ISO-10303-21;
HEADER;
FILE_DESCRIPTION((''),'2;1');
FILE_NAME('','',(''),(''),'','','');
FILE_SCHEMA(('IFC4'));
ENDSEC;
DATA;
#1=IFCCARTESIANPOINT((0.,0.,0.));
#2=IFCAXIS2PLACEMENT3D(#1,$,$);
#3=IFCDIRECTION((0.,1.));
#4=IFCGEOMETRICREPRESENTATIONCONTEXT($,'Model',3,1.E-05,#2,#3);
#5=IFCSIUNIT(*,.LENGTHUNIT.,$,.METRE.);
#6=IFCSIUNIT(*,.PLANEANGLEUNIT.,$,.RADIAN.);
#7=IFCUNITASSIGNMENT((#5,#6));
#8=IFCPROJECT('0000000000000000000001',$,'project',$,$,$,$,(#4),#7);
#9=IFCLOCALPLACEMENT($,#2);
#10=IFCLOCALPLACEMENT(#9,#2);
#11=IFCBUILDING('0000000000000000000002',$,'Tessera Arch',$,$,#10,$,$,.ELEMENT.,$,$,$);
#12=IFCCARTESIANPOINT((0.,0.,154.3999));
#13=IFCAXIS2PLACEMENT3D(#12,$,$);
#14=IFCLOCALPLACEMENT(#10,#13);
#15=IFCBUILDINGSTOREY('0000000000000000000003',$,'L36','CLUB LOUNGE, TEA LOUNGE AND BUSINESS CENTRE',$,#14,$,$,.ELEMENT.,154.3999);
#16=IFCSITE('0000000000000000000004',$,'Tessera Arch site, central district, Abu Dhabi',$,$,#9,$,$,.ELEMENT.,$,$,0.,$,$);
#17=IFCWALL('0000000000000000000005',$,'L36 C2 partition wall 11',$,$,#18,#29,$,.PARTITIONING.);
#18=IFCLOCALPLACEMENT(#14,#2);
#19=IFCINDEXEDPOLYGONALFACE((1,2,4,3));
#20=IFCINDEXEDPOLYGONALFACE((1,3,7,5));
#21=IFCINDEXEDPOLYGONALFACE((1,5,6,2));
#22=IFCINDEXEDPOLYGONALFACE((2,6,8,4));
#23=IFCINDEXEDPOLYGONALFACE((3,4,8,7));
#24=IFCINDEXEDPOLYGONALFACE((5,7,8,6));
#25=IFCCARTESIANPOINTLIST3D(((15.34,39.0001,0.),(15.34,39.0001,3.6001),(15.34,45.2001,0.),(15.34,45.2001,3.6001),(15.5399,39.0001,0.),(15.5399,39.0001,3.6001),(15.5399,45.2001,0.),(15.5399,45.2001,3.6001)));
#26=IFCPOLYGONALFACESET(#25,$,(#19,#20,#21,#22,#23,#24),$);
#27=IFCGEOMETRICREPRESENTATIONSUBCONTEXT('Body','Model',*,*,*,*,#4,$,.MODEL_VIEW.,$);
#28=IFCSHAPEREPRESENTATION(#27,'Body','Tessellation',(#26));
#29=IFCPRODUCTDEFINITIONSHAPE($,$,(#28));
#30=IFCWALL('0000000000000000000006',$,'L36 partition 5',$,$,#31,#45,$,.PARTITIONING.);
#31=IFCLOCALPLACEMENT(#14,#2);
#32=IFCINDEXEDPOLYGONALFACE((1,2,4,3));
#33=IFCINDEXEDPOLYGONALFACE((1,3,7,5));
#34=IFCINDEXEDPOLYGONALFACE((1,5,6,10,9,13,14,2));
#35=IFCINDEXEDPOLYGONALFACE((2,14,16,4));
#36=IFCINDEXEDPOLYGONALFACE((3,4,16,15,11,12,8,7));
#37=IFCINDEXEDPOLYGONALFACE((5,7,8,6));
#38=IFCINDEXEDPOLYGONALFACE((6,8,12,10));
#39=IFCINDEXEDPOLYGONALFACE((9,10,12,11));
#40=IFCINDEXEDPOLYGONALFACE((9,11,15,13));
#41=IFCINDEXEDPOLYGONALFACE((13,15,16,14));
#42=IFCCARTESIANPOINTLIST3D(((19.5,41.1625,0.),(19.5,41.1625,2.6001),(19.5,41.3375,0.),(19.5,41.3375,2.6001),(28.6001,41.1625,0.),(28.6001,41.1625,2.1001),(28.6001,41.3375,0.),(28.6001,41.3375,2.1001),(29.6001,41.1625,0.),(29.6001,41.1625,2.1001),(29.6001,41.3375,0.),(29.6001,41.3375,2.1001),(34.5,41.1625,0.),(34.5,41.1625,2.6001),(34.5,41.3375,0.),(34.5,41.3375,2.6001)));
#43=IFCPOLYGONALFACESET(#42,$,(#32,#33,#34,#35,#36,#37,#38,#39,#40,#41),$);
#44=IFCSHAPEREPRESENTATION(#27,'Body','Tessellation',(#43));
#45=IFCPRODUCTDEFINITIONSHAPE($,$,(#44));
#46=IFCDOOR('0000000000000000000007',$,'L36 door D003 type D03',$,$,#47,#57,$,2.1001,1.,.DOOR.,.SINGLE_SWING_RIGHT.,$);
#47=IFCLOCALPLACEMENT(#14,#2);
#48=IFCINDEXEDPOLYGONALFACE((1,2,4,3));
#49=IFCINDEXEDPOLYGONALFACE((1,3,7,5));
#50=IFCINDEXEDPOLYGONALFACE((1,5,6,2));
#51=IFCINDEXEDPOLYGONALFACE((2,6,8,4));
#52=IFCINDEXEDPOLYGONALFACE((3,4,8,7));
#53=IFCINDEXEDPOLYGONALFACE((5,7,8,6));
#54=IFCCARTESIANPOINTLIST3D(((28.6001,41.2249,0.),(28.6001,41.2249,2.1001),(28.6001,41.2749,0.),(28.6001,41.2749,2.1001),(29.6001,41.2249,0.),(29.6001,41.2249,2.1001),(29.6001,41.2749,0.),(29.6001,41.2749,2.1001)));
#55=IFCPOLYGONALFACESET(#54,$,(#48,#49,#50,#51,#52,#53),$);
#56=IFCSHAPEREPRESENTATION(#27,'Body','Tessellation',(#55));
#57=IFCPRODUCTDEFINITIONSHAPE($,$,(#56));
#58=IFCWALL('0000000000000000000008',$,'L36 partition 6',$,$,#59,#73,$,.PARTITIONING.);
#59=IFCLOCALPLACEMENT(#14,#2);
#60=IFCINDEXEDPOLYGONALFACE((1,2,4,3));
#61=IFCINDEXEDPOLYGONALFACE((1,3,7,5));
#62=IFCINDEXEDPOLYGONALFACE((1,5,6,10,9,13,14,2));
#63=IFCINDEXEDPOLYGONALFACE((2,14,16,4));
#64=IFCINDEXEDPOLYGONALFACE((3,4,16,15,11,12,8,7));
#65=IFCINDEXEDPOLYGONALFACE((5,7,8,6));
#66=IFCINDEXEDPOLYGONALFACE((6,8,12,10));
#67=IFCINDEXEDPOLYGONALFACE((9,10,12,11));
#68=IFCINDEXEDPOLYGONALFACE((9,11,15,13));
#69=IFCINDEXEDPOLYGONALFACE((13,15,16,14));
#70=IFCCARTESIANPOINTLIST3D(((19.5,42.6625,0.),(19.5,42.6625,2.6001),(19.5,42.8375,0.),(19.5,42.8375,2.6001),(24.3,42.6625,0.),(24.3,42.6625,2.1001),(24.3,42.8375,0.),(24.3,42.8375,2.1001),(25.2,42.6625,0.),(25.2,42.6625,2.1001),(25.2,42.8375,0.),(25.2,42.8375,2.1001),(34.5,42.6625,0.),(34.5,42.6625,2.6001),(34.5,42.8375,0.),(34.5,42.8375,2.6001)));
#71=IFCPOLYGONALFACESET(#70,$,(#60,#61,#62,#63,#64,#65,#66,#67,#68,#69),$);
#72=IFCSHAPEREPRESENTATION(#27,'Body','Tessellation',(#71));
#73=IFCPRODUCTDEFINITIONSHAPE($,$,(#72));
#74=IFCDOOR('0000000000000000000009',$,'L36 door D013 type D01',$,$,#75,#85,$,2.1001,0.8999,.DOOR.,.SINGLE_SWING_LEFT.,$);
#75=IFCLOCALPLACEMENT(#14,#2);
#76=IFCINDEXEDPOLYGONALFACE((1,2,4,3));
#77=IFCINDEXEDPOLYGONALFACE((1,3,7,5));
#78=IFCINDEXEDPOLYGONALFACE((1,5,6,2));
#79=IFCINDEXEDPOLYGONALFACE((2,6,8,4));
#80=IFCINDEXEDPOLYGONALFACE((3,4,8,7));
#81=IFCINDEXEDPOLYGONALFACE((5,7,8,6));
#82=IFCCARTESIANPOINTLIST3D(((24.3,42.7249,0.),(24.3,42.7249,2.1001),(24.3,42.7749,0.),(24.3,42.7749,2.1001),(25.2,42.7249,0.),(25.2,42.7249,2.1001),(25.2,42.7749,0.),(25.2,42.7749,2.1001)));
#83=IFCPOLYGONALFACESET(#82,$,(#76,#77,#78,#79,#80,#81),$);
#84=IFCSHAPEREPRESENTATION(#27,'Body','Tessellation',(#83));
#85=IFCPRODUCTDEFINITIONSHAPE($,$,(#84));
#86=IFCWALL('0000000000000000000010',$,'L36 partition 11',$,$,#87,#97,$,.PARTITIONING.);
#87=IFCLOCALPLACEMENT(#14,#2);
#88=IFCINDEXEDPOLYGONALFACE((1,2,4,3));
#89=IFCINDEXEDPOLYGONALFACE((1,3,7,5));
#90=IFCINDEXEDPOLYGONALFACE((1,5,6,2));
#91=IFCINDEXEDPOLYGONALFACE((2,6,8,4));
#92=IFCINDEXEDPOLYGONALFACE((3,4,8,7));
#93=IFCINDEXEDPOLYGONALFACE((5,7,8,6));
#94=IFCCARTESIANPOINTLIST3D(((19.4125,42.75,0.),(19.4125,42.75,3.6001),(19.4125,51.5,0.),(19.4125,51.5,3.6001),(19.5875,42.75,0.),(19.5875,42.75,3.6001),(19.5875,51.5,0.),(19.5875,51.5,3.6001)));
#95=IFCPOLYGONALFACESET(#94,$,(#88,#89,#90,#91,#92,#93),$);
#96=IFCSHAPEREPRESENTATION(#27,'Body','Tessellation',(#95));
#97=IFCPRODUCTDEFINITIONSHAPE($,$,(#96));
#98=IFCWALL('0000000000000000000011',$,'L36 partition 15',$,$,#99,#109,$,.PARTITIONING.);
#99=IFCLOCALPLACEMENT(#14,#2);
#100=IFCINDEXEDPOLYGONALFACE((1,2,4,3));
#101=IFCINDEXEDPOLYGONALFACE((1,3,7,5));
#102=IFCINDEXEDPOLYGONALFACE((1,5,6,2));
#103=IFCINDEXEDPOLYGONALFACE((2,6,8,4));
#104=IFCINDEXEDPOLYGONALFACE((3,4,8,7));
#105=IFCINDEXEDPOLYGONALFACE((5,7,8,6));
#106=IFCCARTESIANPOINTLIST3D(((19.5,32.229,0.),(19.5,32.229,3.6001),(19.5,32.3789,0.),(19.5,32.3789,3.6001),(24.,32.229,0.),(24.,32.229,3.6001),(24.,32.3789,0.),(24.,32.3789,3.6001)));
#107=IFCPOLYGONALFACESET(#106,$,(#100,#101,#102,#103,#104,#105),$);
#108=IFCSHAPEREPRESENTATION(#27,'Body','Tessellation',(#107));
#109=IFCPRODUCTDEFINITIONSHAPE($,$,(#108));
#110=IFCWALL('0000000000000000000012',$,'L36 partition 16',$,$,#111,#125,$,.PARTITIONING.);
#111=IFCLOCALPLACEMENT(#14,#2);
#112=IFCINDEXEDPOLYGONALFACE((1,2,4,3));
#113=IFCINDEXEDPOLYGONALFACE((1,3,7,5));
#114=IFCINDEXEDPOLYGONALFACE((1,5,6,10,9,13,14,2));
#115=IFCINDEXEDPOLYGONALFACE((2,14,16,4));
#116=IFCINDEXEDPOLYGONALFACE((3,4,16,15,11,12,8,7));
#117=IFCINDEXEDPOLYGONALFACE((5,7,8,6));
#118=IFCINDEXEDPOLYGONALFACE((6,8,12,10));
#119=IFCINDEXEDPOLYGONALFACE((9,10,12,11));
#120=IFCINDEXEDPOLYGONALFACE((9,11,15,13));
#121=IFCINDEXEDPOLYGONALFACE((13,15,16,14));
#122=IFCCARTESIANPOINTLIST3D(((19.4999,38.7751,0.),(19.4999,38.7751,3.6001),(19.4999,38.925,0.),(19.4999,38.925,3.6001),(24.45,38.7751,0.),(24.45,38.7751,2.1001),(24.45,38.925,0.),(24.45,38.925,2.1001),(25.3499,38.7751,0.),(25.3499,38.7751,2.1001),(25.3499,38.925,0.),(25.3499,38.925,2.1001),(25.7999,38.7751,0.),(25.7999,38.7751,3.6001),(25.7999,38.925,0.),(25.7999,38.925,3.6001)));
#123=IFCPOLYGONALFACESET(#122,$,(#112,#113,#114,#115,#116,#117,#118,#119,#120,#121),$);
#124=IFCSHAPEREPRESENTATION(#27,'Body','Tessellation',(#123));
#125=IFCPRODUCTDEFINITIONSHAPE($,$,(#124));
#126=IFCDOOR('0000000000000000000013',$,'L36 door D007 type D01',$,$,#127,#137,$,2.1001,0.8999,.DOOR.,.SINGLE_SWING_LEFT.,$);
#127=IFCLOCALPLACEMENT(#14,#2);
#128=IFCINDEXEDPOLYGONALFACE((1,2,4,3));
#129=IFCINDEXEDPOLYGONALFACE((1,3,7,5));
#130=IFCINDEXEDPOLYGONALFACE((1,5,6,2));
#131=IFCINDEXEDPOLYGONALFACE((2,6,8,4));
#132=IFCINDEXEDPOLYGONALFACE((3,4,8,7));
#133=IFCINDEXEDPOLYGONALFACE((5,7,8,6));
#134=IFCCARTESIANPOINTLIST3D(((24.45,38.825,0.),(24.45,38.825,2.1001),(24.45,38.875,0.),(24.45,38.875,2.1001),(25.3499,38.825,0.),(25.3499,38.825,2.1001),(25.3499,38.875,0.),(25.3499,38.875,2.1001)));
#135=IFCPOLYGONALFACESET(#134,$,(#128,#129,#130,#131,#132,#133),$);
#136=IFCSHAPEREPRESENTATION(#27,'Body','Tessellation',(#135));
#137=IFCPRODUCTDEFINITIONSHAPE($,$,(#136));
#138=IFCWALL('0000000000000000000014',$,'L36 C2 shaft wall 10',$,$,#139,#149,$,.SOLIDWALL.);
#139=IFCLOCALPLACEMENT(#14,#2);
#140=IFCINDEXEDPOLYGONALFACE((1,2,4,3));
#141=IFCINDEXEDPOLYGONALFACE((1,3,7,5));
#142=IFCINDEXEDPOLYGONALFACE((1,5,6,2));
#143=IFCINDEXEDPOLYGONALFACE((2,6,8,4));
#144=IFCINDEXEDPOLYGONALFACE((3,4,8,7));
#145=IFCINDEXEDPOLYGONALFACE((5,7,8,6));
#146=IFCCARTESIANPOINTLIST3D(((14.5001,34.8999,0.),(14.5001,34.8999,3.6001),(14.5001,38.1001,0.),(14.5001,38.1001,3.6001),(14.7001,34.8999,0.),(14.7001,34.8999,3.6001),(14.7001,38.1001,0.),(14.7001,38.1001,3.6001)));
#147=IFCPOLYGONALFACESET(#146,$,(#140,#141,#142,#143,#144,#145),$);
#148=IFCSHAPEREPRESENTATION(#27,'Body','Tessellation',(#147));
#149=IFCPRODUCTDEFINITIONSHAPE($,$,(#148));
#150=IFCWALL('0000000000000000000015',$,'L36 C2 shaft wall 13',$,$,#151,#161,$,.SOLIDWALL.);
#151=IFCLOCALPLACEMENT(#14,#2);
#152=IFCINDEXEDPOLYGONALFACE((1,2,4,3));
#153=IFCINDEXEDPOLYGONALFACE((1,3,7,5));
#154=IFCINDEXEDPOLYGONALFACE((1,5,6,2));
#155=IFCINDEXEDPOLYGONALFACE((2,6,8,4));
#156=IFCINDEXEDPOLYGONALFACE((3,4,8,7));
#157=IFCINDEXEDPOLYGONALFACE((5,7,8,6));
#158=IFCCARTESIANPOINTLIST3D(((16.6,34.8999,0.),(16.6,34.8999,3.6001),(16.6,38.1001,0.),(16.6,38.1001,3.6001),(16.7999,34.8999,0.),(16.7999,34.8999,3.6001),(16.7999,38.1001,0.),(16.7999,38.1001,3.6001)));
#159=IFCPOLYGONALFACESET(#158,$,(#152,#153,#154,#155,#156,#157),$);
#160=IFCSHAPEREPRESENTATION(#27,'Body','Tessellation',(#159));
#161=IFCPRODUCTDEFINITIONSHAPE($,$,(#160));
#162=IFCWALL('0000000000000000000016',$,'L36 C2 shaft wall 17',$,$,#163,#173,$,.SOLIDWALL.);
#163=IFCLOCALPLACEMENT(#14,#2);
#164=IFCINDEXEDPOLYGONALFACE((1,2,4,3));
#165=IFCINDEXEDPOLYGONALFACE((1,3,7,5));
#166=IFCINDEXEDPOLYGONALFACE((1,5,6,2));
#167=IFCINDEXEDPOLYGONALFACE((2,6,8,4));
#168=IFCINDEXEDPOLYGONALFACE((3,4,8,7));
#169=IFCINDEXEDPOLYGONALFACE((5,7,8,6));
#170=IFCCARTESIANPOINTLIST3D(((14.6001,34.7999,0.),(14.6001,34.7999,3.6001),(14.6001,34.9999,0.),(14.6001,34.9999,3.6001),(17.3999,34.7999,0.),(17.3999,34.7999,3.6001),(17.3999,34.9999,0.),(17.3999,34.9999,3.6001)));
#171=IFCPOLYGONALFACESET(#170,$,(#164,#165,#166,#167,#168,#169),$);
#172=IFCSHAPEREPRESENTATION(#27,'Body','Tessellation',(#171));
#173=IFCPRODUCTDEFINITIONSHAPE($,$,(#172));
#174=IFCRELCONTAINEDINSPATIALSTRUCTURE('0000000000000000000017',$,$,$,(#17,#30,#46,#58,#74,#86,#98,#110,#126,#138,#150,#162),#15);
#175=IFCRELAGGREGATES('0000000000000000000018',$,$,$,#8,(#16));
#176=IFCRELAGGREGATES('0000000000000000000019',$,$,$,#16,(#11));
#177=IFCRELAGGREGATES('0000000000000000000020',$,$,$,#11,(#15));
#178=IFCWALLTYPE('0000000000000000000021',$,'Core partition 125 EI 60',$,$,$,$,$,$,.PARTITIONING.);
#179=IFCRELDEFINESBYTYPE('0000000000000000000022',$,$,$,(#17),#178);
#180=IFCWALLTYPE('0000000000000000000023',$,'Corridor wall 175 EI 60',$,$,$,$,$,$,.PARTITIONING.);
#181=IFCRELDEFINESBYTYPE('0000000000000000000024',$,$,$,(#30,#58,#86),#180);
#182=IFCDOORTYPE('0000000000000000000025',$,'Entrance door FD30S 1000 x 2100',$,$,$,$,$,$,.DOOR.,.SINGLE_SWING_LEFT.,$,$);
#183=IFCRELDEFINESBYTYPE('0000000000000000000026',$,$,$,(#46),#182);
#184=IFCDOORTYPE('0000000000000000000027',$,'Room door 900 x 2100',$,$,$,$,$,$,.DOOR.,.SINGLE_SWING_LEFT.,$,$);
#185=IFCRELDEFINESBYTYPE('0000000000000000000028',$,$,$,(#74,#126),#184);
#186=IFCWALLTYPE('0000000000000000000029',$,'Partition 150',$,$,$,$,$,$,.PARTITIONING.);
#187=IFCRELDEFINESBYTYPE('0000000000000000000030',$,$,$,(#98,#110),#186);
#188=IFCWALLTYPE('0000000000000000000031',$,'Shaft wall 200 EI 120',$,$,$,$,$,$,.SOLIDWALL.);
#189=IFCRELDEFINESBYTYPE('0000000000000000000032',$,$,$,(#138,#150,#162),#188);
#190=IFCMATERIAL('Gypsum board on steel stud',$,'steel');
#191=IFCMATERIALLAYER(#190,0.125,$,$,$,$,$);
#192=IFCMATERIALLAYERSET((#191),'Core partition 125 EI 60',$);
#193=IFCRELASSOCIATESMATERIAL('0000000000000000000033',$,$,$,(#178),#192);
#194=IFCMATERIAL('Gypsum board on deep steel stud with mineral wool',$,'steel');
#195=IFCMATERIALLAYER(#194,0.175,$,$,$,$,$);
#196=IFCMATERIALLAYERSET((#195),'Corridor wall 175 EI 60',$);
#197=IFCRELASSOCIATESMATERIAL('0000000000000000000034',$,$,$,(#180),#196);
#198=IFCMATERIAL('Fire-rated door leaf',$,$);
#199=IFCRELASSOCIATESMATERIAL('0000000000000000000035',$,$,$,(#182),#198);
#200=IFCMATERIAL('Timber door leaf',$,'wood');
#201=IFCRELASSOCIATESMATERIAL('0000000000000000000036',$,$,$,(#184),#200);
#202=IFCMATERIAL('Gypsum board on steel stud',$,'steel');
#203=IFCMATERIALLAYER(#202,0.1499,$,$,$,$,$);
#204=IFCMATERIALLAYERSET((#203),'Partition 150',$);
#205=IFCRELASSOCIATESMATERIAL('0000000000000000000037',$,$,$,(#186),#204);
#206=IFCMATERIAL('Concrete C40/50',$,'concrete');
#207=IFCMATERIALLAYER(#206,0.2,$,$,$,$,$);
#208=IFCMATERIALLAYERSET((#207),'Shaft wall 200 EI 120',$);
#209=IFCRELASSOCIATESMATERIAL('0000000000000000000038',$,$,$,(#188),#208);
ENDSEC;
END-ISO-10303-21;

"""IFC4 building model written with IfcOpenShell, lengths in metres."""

from ifc_helpers import new_model, si_unit, direction, frame, frame_2d, origin, place, context, subcontext, project, spatial, rectangle, extrude, material, layer, layer_set, type_object, element, fill, save


model = new_model("IFC4")

# Units and contexts
model_context = context("Model", 3, precision=1e-05, world=origin(), true_north=direction((0.0, 1.0)))
body_context = subcontext(model_context, "Body", "Model", "MODEL_VIEW")
ifc_project = project(units=[si_unit("LENGTHUNIT", "METRE"), si_unit("PLANEANGLEUNIT", "RADIAN")], contexts=[model_context])

# Site, building, storey
site_placement = place(None, origin())
site = spatial("IfcSite", under=ifc_project, at=site_placement, Name="Tessera Arch site, central district, Abu Dhabi", CompositionType="ELEMENT", RefElevation=0.0)
building_placement = place(site_placement, origin())
building = spatial("IfcBuilding", under=site, at=building_placement, Name="Tessera Arch", CompositionType="ELEMENT")
storey_placement = place(building_placement, frame((0.0, 0.0, 154.3999)))
storey = spatial("IfcBuildingStorey", under=building, at=storey_placement, Name="L36", Description="CLUB LOUNGE, TEA LOUNGE AND BUSINESS CENTRE", CompositionType="ELEMENT", Elevation=154.3999)

# Wall
ifc_material_1 = material(Name="Gypsum board on steel stud", Category="steel")
ifc_layer_1 = layer(ifc_material_1, 0.125)
ifc_layer_set_1 = layer_set([ifc_layer_1], Name="Core partition 125 EI 60")
wall_type_1 = type_object("IfcWallType", Name="Core partition 125 EI 60", PredefinedType="PARTITIONING", material=ifc_layer_set_1)
wall_1_placement = place(storey_placement, frame((15.4399, 39.0, 0.0), z_axis=(0.0, 0.0, 1.0), x_axis=(0.0, 1.0, 0.0)))
element("IfcWall", 1, at=wall_1_placement, inside=storey, type_object=wall_type_1, Name="L36 C2 partition wall 11", PredefinedType="PARTITIONING", context=body_context, shape_type="SweptSolid", body=[
    extrude(rectangle(XDim=6.2, YDim=0.2, at=frame_2d((3.1001, 0.0))), origin(), (0.0, 0.0, 1.0), 3.6001),
])

# Walls, openings, doors
ifc_material_2 = material(Name="Gypsum board on deep steel stud with mineral wool", Category="steel")
ifc_layer_2 = layer(ifc_material_2, 0.175)
ifc_layer_set_2 = layer_set([ifc_layer_2], Name="Corridor wall 175 EI 60")
wall_type_2 = type_object("IfcWallType", Name="Corridor wall 175 EI 60", PredefinedType="PARTITIONING", material=ifc_layer_set_2)
wall_2_placement = place(storey_placement, frame((19.5, 41.25, 0.0), z_axis=(0.0, 0.0, 1.0), x_axis=(1.0, 0.0, 0.0)))
wall_2 = element("IfcWall", 2, at=wall_2_placement, inside=storey, type_object=wall_type_2, Name="L36 partition 5", PredefinedType="PARTITIONING", context=body_context, shape_type="SweptSolid", body=[
    extrude(rectangle(XDim=15.0, YDim=0.175, at=frame_2d((7.5, 0.0))), origin(), (0.0, 0.0, 1.0), 2.6001),
])
opening_1_placement = place(wall_2_placement, frame((9.1001, 0.0, 0.0)))
opening_1 = element("IfcOpeningElement", 3, at=opening_1_placement, cuts=wall_2, PredefinedType="OPENING", context=body_context, shape_type="SweptSolid", body=[
    extrude(rectangle(XDim=1.0, YDim=2.1001, at=frame_2d((0.5, 1.05))), frame((0.0, 0.0974, 0.0), z_axis=(0.0, -1.0, 0.0), x_axis=(1.0, 0.0, 0.0)), (0.0, 0.0, 1.0), 0.1951),
])
ifc_material_3 = material(Name="Fire-rated door leaf")
door_type_1 = type_object("IfcDoorType", Name="Entrance door FD30S 1000 x 2100", OperationType="SINGLE_SWING_LEFT", PredefinedType="DOOR", material=ifc_material_3)
door_1_placement = place(opening_1_placement, origin())
door_1 = element("IfcDoor", 4, at=door_1_placement, inside=storey, type_object=door_type_1, Name="L36 door D003 type D03", OperationType="SINGLE_SWING_RIGHT", OverallHeight=2.1001, OverallWidth=1.0, PredefinedType="DOOR", context=body_context, shape_type="SweptSolid", body=[
    extrude(rectangle(XDim=1.0, YDim=2.1001, at=frame_2d((0.5, 1.05))), frame((0.0, 0.0249, 0.0), z_axis=(0.0, -1.0, 0.0), x_axis=(1.0, 0.0, 0.0)), (0.0, 0.0, 1.0), 0.05),
])
fill(opening_1, door_1)
wall_3_placement = place(storey_placement, frame((19.5, 42.75, 0.0), z_axis=(0.0, 0.0, 1.0), x_axis=(1.0, 0.0, 0.0)))
wall_3 = element("IfcWall", 5, at=wall_3_placement, inside=storey, type_object=wall_type_2, Name="L36 partition 6", PredefinedType="PARTITIONING", context=body_context, shape_type="SweptSolid", body=[
    extrude(rectangle(XDim=15.0, YDim=0.175, at=frame_2d((7.5, 0.0))), origin(), (0.0, 0.0, 1.0), 2.6001),
])
opening_2_placement = place(wall_3_placement, frame((4.8, 0.0, 0.0)))
opening_2 = element("IfcOpeningElement", 6, at=opening_2_placement, cuts=wall_3, PredefinedType="OPENING", context=body_context, shape_type="SweptSolid", body=[
    extrude(rectangle(XDim=0.8999, YDim=2.1001, at=frame_2d((0.45, 1.05))), frame((0.0, 0.0974, 0.0), z_axis=(0.0, -1.0, 0.0), x_axis=(1.0, 0.0, 0.0)), (0.0, 0.0, 1.0), 0.1951),
])
ifc_material_4 = material(Name="Timber door leaf", Category="wood")
door_type_2 = type_object("IfcDoorType", Name="Room door 900 x 2100", OperationType="SINGLE_SWING_LEFT", PredefinedType="DOOR", material=ifc_material_4)
door_2_placement = place(opening_2_placement, origin())
door_2 = element("IfcDoor", 7, at=door_2_placement, inside=storey, type_object=door_type_2, Name="L36 door D013 type D01", OperationType="SINGLE_SWING_LEFT", OverallHeight=2.1001, OverallWidth=0.8999, PredefinedType="DOOR", context=body_context, shape_type="SweptSolid", body=[
    extrude(rectangle(XDim=0.8999, YDim=2.1001, at=frame_2d((0.45, 1.05))), frame((0.0, 0.0249, 0.0), z_axis=(0.0, -1.0, 0.0), x_axis=(1.0, 0.0, 0.0)), (0.0, 0.0, 1.0), 0.05),
])
fill(opening_2, door_2)

# Walls
wall_4_placement = place(storey_placement, frame((19.5, 42.75, 0.0), z_axis=(0.0, 0.0, 1.0), x_axis=(0.0, 1.0, 0.0)))
element("IfcWall", 8, at=wall_4_placement, inside=storey, type_object=wall_type_2, Name="L36 partition 11", PredefinedType="PARTITIONING", context=body_context, shape_type="SweptSolid", body=[
    extrude(rectangle(XDim=8.75, YDim=0.175, at=frame_2d((4.375, 0.0))), origin(), (0.0, 0.0, 1.0), 3.6001),
])
ifc_material_5 = material(Name="Gypsum board on steel stud", Category="steel")
ifc_layer_3 = layer(ifc_material_5, 0.1499)
ifc_layer_set_3 = layer_set([ifc_layer_3], Name="Partition 150")
wall_type_3 = type_object("IfcWallType", Name="Partition 150", PredefinedType="PARTITIONING", material=ifc_layer_set_3)
wall_5_placement = place(storey_placement, frame((19.5, 32.304, 0.0), z_axis=(0.0, 0.0, 1.0), x_axis=(1.0, 0.0, 0.0)))
element("IfcWall", 9, at=wall_5_placement, inside=storey, type_object=wall_type_3, Name="L36 partition 15", PredefinedType="PARTITIONING", context=body_context, shape_type="SweptSolid", body=[
    extrude(rectangle(XDim=4.5, YDim=0.1499, at=frame_2d((2.25, 0.0))), origin(), (0.0, 0.0, 1.0), 3.6001),
])

# Wall, opening, door
wall_6_placement = place(storey_placement, frame((19.5, 38.8501, 0.0), z_axis=(0.0, 0.0, 1.0), x_axis=(1.0, 0.0, 0.0)))
wall_6 = element("IfcWall", 10, at=wall_6_placement, inside=storey, type_object=wall_type_3, Name="L36 partition 16", PredefinedType="PARTITIONING", context=body_context, shape_type="SweptSolid", body=[
    extrude(rectangle(XDim=6.3, YDim=0.1499, at=frame_2d((3.1499, 0.0))), origin(), (0.0, 0.0, 1.0), 3.6001),
])
opening_3_placement = place(wall_6_placement, frame((4.95, 0.0, 0.0)))
opening_3 = element("IfcOpeningElement", 11, at=opening_3_placement, cuts=wall_6, PredefinedType="OPENING", context=body_context, shape_type="SweptSolid", body=[
    extrude(rectangle(XDim=0.8999, YDim=2.1001, at=frame_2d((0.45, 1.05))), frame((0.0, 0.085, 0.0), z_axis=(0.0, -1.0, 0.0), x_axis=(1.0, 0.0, 0.0)), (0.0, 0.0, 1.0), 0.1699),
])
door_3_placement = place(opening_3_placement, origin())
door_3 = element("IfcDoor", 12, at=door_3_placement, inside=storey, type_object=door_type_2, Name="L36 door D007 type D01", OperationType="SINGLE_SWING_LEFT", OverallHeight=2.1001, OverallWidth=0.8999, PredefinedType="DOOR", context=body_context, shape_type="SweptSolid", body=[
    extrude(rectangle(XDim=0.8999, YDim=2.1001, at=frame_2d((0.45, 1.05))), frame((0.0, 0.0249, 0.0), z_axis=(0.0, -1.0, 0.0), x_axis=(1.0, 0.0, 0.0)), (0.0, 0.0, 1.0), 0.05),
])
fill(opening_3, door_3)

# Walls
ifc_material_6 = material(Name="Concrete C40/50", Category="concrete")
ifc_layer_4 = layer(ifc_material_6, 0.2)
ifc_layer_set_4 = layer_set([ifc_layer_4], Name="Shaft wall 200 EI 120")
wall_type_4 = type_object("IfcWallType", Name="Shaft wall 200 EI 120", PredefinedType="SOLIDWALL", material=ifc_layer_set_4)
for number, where, z_axis, x_axis, name in (
    (13, (14.6001, 34.8999, 0.0), (0.0, 0.0, 1.0), (0.0, 1.0, 0.0), "L36 C2 shaft wall 10"),
    (14, (16.7, 34.8999, 0.0), (0.0, 0.0, 1.0), (0.0, 1.0, 0.0), "L36 C2 shaft wall 13"),
):
    element("IfcWall", number, at=place(storey_placement, frame(where, z_axis=z_axis, x_axis=x_axis)), inside=storey, type_object=wall_type_4, Name=name, PredefinedType="SOLIDWALL", context=body_context, shape_type="SweptSolid", body=[
        extrude(rectangle(XDim=3.2002, YDim=0.2, at=frame_2d((1.6001, 0.0))), origin(), (0.0, 0.0, 1.0), 3.6001),
    ])
wall_7_placement = place(storey_placement, frame((14.6001, 34.8999, 0.0), z_axis=(0.0, 0.0, 1.0), x_axis=(1.0, 0.0, 0.0)))
element("IfcWall", 15, at=wall_7_placement, inside=storey, type_object=wall_type_4, Name="L36 C2 shaft wall 17", PredefinedType="SOLIDWALL", context=body_context, shape_type="SweptSolid", body=[
    extrude(rectangle(XDim=2.7998, YDim=0.2, at=frame_2d((1.3999, 0.0))), origin(), (0.0, 0.0, 1.0), 3.6001),
])

save(model, "model.ifc")
